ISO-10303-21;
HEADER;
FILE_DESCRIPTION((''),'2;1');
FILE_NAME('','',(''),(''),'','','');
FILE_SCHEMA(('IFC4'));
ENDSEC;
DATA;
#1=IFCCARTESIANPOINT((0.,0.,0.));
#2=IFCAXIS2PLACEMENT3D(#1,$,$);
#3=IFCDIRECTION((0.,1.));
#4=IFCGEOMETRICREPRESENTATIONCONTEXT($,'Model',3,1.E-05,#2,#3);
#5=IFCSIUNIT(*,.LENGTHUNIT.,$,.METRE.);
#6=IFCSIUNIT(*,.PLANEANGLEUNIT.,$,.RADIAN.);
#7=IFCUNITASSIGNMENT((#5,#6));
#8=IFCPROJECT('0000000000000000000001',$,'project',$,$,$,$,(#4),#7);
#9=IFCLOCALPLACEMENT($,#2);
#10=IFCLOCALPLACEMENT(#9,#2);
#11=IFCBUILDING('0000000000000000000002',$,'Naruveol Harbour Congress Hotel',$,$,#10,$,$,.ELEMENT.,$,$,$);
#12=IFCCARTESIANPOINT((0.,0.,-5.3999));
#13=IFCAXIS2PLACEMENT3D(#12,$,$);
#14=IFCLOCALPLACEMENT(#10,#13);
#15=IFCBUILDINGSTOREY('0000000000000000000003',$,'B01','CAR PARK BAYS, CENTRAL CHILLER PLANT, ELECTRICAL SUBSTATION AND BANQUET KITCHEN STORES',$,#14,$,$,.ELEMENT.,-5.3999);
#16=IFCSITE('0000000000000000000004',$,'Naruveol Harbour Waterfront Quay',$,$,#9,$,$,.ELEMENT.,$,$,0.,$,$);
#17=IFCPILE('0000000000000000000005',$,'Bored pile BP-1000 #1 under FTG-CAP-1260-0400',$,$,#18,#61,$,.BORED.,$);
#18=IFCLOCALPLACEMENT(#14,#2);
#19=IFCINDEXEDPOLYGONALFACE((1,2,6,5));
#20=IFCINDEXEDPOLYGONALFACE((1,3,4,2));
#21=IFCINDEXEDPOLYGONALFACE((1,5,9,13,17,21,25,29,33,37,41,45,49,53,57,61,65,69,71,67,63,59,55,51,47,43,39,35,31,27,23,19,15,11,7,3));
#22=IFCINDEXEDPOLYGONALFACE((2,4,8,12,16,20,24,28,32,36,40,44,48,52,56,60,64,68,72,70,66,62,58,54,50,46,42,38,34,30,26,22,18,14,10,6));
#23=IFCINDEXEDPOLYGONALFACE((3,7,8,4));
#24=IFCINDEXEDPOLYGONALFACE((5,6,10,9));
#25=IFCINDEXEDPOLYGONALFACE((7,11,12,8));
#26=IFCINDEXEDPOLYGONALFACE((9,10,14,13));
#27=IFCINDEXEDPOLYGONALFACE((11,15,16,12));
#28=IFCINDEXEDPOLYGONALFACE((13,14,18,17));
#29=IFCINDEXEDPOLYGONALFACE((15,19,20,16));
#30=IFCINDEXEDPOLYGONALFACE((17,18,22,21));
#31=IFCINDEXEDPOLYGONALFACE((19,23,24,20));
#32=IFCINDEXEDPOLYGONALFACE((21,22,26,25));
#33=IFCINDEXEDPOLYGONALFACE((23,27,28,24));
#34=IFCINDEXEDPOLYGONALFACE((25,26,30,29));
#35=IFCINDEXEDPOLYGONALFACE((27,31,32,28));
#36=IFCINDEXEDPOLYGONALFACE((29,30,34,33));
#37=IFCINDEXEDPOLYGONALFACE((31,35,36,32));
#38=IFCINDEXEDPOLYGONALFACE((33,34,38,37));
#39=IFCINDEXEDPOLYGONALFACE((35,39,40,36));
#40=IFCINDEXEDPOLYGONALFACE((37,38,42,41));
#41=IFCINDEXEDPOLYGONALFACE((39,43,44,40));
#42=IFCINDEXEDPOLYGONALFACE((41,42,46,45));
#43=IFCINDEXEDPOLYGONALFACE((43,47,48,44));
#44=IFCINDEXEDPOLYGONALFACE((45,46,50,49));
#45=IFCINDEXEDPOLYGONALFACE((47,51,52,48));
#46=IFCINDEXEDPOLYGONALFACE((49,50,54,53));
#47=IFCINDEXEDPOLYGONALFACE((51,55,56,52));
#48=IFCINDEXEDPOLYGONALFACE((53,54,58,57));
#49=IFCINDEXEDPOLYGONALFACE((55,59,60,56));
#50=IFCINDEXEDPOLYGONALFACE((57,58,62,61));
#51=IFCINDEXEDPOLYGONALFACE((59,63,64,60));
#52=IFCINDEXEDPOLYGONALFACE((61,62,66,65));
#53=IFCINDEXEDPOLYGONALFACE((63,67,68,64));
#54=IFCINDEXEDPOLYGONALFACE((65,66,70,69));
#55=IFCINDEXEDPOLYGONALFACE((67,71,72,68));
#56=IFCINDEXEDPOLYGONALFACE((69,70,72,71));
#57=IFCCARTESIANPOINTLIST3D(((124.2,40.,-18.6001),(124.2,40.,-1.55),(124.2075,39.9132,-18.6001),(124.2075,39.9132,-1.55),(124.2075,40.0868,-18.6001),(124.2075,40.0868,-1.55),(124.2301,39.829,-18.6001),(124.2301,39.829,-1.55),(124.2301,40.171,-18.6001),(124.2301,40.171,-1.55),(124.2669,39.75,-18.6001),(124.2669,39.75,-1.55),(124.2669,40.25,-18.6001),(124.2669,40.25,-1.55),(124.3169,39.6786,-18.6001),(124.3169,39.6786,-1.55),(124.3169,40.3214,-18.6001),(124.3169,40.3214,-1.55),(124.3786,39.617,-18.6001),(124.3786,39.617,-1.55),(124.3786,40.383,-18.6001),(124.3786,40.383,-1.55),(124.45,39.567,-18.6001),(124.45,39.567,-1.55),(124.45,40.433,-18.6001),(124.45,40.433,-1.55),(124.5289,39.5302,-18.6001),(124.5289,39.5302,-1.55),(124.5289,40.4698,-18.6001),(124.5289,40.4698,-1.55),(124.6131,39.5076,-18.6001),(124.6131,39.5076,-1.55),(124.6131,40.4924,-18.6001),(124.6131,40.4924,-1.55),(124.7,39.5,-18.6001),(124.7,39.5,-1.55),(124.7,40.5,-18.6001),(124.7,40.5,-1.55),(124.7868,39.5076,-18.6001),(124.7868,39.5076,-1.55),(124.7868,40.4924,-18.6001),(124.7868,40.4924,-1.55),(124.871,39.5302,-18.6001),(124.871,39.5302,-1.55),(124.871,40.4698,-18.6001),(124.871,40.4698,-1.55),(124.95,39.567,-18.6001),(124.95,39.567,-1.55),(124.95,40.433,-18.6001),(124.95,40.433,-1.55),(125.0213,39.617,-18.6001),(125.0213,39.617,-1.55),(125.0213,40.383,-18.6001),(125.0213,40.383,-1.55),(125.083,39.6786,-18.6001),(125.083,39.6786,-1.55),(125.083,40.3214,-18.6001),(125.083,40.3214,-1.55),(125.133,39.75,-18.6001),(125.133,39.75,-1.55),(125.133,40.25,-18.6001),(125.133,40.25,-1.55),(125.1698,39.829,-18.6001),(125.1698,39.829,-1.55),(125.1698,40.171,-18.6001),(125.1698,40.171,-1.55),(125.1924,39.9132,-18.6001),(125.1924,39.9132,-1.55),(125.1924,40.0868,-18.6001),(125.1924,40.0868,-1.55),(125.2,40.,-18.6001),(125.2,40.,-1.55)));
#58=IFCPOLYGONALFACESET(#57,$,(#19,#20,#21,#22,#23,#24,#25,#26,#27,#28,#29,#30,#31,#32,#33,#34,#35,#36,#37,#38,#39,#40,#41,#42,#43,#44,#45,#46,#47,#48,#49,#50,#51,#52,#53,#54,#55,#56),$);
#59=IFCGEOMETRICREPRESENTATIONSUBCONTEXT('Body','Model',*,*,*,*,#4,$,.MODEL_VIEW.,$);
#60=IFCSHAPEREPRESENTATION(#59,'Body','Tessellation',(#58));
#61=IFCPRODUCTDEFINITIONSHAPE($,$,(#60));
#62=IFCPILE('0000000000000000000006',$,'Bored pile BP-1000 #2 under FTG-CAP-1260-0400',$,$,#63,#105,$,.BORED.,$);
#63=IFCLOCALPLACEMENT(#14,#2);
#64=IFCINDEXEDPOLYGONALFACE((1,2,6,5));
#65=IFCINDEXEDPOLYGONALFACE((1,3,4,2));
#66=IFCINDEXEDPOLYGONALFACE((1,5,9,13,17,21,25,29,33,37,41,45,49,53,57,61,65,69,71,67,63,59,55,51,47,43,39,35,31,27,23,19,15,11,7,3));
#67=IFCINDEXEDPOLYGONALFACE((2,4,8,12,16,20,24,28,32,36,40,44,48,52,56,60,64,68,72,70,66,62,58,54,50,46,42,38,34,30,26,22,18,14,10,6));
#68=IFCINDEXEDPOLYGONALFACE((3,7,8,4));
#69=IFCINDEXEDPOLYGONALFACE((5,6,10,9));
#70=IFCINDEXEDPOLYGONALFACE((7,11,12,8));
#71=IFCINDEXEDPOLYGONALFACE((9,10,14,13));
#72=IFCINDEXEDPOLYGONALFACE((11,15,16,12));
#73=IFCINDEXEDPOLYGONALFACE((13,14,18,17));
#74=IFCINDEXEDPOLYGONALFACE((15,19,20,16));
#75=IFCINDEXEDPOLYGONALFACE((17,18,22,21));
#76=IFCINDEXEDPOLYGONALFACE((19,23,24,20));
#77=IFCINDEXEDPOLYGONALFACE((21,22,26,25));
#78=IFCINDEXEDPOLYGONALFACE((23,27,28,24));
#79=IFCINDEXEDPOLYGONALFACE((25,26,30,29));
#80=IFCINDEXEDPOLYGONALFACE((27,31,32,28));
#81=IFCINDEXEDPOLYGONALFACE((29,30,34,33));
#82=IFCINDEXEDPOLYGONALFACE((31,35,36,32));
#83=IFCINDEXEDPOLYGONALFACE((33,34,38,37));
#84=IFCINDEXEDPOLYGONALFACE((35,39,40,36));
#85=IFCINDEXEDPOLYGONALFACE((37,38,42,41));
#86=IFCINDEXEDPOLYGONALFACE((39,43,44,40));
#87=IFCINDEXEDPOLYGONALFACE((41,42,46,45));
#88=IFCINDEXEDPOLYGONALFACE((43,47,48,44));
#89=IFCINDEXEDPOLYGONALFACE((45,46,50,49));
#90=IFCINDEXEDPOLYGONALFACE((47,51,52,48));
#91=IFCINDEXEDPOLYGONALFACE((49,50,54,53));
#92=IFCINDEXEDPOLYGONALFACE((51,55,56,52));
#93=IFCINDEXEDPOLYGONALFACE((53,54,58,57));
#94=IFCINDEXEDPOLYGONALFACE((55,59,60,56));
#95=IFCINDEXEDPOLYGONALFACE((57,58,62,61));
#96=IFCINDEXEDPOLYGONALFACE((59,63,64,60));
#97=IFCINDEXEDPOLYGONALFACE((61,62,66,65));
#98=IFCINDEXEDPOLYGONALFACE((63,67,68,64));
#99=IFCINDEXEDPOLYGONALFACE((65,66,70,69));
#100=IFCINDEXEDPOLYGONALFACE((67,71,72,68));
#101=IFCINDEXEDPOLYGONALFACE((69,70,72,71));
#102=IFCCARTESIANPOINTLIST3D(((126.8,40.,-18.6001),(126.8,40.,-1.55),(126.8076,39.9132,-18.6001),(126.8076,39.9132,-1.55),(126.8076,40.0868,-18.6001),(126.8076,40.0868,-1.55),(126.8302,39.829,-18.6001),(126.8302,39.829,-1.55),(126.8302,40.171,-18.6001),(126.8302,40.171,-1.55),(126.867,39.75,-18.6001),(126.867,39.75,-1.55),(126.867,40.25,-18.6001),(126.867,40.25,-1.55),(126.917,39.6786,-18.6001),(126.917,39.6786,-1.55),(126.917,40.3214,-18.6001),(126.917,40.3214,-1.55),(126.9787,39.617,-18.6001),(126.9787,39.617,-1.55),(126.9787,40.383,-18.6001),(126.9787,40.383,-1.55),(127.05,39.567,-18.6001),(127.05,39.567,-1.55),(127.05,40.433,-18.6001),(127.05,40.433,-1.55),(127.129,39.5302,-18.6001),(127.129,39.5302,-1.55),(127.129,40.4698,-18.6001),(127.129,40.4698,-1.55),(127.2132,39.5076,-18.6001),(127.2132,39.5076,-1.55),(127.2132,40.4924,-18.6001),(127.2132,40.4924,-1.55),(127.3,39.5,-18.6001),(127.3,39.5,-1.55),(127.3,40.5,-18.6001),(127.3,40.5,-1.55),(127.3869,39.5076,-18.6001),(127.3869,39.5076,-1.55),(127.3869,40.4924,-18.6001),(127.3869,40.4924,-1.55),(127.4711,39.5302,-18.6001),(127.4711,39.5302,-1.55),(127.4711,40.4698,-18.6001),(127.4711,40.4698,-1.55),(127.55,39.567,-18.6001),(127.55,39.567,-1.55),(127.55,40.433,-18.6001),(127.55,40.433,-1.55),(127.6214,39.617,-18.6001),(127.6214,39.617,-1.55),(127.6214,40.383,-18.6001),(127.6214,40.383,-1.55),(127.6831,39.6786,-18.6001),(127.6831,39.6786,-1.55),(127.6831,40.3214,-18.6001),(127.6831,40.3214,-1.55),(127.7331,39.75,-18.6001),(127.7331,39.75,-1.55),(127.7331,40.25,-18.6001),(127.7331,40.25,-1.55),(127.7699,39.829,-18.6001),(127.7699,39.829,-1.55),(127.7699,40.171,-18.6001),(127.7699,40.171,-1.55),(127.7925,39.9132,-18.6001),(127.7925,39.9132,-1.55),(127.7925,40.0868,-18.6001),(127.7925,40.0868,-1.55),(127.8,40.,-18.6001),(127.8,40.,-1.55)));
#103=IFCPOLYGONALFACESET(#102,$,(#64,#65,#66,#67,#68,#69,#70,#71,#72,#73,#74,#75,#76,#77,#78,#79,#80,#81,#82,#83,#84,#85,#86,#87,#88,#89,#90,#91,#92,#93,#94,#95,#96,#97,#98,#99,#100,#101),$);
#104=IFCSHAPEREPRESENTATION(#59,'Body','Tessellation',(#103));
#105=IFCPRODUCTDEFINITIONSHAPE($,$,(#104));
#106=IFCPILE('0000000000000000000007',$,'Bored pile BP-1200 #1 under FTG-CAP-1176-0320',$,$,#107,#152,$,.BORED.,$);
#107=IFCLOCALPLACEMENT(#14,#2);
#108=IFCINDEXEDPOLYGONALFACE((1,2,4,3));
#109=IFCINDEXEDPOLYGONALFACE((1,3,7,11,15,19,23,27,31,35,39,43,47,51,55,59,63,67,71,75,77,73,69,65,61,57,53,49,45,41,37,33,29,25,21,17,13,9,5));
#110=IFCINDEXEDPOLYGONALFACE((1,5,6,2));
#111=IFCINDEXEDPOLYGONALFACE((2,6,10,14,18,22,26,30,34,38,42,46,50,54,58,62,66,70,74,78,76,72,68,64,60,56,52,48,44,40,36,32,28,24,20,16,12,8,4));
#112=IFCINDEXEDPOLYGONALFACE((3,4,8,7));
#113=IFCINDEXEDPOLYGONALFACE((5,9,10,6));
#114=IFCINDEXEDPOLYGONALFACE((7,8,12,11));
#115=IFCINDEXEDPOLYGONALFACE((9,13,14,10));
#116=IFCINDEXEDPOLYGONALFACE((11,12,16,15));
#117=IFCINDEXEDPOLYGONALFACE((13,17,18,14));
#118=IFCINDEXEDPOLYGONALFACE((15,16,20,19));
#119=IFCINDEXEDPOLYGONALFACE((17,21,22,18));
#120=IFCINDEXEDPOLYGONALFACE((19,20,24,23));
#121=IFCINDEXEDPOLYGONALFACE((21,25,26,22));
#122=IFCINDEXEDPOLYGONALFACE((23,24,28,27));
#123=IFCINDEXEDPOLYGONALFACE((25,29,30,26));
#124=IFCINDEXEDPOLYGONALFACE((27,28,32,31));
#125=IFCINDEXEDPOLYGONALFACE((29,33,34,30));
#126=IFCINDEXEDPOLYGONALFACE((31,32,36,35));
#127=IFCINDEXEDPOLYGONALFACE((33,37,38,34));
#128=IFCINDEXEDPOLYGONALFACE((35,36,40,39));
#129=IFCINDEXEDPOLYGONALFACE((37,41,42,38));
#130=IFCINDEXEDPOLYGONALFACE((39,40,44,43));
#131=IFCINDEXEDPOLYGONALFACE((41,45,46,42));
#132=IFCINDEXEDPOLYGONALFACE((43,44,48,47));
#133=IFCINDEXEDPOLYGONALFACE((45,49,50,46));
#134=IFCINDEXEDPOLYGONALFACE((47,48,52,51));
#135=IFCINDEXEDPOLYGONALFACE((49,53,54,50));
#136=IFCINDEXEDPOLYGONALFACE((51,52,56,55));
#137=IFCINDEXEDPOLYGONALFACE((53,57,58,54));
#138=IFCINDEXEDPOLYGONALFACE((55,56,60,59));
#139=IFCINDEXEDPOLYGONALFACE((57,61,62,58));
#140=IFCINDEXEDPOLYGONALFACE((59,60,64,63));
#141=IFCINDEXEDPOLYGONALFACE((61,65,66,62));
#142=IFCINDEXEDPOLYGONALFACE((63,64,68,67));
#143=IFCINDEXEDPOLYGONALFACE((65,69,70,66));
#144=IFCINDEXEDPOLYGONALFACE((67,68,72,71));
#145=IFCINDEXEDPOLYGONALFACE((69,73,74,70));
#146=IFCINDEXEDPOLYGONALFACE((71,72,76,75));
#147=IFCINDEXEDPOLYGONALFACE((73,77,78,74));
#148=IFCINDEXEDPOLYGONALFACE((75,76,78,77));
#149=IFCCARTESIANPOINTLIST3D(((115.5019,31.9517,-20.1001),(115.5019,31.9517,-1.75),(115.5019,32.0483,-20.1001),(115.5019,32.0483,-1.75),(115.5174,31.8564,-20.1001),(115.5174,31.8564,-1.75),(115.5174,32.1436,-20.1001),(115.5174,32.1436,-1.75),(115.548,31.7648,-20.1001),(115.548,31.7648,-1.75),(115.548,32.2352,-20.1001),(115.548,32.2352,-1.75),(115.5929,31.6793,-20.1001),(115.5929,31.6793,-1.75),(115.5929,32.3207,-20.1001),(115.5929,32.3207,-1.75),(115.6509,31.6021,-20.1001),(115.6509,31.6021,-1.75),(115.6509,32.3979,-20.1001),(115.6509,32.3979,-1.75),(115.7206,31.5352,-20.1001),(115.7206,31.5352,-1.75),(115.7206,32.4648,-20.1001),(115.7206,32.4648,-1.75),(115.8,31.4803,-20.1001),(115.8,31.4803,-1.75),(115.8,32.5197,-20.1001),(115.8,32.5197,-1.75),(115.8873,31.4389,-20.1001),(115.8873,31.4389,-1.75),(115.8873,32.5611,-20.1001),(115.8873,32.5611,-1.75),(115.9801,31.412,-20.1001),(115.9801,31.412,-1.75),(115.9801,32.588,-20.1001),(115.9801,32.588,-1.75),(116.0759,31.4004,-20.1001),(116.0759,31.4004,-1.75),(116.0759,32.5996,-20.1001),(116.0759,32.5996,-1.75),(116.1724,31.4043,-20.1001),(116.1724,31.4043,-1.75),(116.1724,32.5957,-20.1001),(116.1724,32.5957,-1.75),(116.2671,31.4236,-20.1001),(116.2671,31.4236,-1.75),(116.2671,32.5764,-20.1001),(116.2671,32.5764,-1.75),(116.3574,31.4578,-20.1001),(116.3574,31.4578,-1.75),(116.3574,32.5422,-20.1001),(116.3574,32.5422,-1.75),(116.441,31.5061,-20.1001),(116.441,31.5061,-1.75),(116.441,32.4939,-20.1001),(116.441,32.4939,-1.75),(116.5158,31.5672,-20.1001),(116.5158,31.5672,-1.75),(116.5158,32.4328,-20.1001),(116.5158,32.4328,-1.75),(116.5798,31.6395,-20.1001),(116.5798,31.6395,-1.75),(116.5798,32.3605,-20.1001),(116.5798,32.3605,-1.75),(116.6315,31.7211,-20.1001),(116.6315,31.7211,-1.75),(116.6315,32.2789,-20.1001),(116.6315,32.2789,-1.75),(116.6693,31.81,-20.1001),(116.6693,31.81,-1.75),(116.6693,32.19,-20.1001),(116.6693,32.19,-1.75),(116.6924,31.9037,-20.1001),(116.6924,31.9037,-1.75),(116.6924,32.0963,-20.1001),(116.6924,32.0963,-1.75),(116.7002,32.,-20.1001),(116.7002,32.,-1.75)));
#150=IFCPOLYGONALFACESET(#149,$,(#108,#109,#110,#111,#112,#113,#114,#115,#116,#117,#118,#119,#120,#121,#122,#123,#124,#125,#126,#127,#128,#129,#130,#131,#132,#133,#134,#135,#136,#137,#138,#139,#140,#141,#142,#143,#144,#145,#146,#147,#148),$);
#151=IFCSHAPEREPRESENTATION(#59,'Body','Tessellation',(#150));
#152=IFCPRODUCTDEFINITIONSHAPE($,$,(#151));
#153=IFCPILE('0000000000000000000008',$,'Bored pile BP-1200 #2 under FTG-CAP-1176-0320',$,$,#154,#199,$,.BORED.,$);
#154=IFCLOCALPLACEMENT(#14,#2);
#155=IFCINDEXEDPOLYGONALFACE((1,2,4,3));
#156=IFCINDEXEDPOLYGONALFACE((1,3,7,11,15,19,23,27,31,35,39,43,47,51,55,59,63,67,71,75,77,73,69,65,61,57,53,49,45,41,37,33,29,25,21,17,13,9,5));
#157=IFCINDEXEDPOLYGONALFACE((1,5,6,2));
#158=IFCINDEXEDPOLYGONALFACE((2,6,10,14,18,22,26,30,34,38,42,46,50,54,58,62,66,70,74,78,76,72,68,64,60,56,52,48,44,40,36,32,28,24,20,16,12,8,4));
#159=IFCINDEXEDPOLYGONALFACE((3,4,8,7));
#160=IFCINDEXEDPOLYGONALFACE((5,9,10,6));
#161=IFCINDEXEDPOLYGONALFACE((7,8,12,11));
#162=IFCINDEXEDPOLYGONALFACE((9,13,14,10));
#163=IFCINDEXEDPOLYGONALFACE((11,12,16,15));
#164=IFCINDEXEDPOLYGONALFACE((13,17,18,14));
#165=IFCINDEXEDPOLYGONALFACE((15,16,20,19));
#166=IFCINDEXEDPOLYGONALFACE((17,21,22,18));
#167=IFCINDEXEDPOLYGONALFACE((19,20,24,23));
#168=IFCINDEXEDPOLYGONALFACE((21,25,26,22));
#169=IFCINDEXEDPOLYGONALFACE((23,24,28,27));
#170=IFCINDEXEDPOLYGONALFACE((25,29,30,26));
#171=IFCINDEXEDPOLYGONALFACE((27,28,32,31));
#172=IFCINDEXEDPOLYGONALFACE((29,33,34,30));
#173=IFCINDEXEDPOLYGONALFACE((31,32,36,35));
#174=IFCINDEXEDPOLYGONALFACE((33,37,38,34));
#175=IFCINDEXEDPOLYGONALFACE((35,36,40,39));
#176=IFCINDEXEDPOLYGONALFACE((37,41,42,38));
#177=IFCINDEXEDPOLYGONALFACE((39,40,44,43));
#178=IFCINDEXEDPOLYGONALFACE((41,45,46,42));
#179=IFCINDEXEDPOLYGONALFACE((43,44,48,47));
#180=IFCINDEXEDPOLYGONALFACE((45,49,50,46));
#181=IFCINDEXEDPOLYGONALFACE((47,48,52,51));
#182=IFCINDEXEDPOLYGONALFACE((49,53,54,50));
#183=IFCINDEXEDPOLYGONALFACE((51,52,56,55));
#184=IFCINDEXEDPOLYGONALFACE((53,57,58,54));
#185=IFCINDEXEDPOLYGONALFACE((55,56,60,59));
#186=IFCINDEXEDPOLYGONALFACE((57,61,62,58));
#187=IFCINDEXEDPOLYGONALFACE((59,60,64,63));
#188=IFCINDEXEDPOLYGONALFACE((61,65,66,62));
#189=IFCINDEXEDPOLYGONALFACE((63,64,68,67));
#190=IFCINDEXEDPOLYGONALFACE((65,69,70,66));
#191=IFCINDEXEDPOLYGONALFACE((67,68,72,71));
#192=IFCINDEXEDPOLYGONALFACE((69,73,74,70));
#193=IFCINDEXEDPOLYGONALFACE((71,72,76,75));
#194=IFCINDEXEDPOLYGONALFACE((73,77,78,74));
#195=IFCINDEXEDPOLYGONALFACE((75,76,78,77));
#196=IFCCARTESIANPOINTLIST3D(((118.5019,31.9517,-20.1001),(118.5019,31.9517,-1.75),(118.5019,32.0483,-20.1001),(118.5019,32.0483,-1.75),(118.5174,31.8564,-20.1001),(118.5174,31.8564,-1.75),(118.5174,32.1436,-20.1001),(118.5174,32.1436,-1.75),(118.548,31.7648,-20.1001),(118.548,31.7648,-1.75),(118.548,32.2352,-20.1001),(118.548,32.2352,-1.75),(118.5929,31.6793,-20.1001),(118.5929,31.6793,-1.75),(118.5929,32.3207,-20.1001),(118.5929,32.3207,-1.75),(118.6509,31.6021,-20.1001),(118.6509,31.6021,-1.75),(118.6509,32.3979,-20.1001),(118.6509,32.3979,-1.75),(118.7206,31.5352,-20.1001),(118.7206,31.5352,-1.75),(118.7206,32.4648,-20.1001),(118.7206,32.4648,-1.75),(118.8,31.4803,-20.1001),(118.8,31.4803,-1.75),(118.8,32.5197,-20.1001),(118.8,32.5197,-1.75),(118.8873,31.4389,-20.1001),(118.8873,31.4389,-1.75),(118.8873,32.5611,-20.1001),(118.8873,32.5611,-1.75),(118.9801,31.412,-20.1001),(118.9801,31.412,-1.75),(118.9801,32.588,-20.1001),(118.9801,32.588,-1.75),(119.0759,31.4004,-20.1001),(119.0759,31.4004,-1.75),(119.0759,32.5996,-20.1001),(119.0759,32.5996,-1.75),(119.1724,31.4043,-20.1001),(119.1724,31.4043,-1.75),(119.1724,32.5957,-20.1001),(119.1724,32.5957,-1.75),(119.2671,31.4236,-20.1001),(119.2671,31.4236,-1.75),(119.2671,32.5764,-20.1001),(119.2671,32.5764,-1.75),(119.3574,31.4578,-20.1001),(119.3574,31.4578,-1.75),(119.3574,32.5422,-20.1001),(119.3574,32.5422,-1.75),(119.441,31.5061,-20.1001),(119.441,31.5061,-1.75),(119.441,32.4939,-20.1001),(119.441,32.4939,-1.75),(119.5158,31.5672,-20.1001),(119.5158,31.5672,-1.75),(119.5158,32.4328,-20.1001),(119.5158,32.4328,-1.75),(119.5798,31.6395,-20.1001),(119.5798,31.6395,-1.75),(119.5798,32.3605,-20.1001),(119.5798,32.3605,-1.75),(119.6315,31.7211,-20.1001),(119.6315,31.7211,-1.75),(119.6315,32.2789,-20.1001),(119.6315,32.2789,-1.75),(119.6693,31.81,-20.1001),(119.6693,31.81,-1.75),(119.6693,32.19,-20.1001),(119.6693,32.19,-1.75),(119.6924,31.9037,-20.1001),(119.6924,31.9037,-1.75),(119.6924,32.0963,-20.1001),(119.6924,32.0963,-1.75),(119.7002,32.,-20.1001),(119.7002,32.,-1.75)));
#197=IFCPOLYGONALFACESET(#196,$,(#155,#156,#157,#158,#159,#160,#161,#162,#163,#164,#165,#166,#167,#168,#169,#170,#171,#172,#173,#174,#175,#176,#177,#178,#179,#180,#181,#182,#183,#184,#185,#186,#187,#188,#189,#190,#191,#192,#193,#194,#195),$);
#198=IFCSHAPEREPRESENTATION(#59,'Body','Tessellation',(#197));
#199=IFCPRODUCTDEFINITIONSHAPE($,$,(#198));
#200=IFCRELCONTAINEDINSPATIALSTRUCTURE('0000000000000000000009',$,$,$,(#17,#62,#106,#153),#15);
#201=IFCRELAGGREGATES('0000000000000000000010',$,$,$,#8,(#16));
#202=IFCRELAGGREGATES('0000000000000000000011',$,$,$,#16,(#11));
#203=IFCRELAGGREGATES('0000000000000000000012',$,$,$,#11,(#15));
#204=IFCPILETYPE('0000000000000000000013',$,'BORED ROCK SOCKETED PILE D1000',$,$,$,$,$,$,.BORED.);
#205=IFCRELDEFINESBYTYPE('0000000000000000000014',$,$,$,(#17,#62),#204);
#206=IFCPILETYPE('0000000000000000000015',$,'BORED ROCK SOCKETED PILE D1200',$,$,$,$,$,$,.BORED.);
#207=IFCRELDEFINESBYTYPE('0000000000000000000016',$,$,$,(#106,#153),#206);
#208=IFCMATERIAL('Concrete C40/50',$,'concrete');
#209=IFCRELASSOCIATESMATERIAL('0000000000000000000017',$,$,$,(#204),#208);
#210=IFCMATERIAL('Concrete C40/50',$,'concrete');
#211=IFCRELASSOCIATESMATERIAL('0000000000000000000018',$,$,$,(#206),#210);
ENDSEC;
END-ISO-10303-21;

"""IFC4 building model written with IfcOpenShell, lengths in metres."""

from ifc_helpers import new_model, si_unit, direction, frame, origin, origin_2d, place, context, subcontext, project, spatial, circle, extrude, material, material_profile, profile_set, type_object, element, save


model = new_model("IFC4")

# Units and contexts
model_context = context("Model", 3, precision=1e-05, world=origin(), true_north=direction((0.0, 1.0)))
body_context = subcontext(model_context, "Body", "Model", "MODEL_VIEW")
ifc_project = project(units=[si_unit("LENGTHUNIT", "METRE"), si_unit("PLANEANGLEUNIT", "RADIAN")], contexts=[model_context])

# Site, building, storey
site_placement = place(None, origin())
site = spatial("IfcSite", under=ifc_project, at=site_placement, Name="Naruveol Harbour Waterfront Quay", CompositionType="ELEMENT", RefElevation=0.0)
building_placement = place(site_placement, origin())
building = spatial("IfcBuilding", under=site, at=building_placement, Name="Naruveol Harbour Congress Hotel", CompositionType="ELEMENT")
storey_placement = place(building_placement, frame((0.0, 0.0, -5.3999)))
storey = spatial("IfcBuildingStorey", under=building, at=storey_placement, Name="B01", Description="CAR PARK BAYS, CENTRAL CHILLER PLANT, ELECTRICAL SUBSTATION AND BANQUET KITCHEN STORES", CompositionType="ELEMENT", Elevation=-5.3999)

# Piles
ifc_material_1 = material(Name="Concrete C40/50", Category="concrete")
ifc_material_profile_1 = material_profile(ifc_material_1, circle(Radius=0.5, at=origin_2d()), Name="BP-1000")
ifc_profile_set_1 = profile_set([ifc_material_profile_1], Name="Concrete C40/50")
pile_type_1 = type_object("IfcPileType", Name="BORED ROCK SOCKETED PILE D1000", PredefinedType="BORED", material=ifc_profile_set_1)
for number, where, z_axis, x_axis, name in (
    (1, (124.7, 40.0, -1.55), (0.0, 0.0, -1.0), (1.0, 0.0, 0.0), "Bored pile BP-1000 #1 under FTG-CAP-1260-0400"),
    (2, (127.3, 40.0, -1.55), (0.0, 0.0, -1.0), (1.0, 0.0, 0.0), "Bored pile BP-1000 #2 under FTG-CAP-1260-0400"),
):
    element("IfcPile", number, at=place(storey_placement, frame(where, z_axis=z_axis, x_axis=x_axis)), inside=storey, type_object=pile_type_1, Name=name, PredefinedType="BORED", context=body_context, shape_type="SweptSolid", body=[
        extrude(circle(Radius=0.5, at=origin_2d()), origin(), (0.0, 0.0, 1.0), 17.05),
    ])
ifc_material_2 = material(Name="Concrete C40/50", Category="concrete")
ifc_material_profile_2 = material_profile(ifc_material_2, circle(Radius=0.6001, at=origin_2d()), Name="BP-1200")
ifc_profile_set_2 = profile_set([ifc_material_profile_2], Name="Concrete C40/50")
pile_type_2 = type_object("IfcPileType", Name="BORED ROCK SOCKETED PILE D1200", PredefinedType="BORED", material=ifc_profile_set_2)
for number, where, z_axis, x_axis, name in (
    (3, (116.1001, 32.0, -1.75), (0.0, 0.0, -1.0), (1.0, 0.0, 0.0), "Bored pile BP-1200 #1 under FTG-CAP-1176-0320"),
    (4, (119.1001, 32.0, -1.75), (0.0, 0.0, -1.0), (1.0, 0.0, 0.0), "Bored pile BP-1200 #2 under FTG-CAP-1176-0320"),
):
    element("IfcPile", number, at=place(storey_placement, frame(where, z_axis=z_axis, x_axis=x_axis)), inside=storey, type_object=pile_type_2, Name=name, PredefinedType="BORED", context=body_context, shape_type="SweptSolid", body=[
        extrude(circle(Radius=0.6001, at=origin_2d()), origin(), (0.0, 0.0, 1.0), 18.3501),
    ])

save(model, "model.ifc")
